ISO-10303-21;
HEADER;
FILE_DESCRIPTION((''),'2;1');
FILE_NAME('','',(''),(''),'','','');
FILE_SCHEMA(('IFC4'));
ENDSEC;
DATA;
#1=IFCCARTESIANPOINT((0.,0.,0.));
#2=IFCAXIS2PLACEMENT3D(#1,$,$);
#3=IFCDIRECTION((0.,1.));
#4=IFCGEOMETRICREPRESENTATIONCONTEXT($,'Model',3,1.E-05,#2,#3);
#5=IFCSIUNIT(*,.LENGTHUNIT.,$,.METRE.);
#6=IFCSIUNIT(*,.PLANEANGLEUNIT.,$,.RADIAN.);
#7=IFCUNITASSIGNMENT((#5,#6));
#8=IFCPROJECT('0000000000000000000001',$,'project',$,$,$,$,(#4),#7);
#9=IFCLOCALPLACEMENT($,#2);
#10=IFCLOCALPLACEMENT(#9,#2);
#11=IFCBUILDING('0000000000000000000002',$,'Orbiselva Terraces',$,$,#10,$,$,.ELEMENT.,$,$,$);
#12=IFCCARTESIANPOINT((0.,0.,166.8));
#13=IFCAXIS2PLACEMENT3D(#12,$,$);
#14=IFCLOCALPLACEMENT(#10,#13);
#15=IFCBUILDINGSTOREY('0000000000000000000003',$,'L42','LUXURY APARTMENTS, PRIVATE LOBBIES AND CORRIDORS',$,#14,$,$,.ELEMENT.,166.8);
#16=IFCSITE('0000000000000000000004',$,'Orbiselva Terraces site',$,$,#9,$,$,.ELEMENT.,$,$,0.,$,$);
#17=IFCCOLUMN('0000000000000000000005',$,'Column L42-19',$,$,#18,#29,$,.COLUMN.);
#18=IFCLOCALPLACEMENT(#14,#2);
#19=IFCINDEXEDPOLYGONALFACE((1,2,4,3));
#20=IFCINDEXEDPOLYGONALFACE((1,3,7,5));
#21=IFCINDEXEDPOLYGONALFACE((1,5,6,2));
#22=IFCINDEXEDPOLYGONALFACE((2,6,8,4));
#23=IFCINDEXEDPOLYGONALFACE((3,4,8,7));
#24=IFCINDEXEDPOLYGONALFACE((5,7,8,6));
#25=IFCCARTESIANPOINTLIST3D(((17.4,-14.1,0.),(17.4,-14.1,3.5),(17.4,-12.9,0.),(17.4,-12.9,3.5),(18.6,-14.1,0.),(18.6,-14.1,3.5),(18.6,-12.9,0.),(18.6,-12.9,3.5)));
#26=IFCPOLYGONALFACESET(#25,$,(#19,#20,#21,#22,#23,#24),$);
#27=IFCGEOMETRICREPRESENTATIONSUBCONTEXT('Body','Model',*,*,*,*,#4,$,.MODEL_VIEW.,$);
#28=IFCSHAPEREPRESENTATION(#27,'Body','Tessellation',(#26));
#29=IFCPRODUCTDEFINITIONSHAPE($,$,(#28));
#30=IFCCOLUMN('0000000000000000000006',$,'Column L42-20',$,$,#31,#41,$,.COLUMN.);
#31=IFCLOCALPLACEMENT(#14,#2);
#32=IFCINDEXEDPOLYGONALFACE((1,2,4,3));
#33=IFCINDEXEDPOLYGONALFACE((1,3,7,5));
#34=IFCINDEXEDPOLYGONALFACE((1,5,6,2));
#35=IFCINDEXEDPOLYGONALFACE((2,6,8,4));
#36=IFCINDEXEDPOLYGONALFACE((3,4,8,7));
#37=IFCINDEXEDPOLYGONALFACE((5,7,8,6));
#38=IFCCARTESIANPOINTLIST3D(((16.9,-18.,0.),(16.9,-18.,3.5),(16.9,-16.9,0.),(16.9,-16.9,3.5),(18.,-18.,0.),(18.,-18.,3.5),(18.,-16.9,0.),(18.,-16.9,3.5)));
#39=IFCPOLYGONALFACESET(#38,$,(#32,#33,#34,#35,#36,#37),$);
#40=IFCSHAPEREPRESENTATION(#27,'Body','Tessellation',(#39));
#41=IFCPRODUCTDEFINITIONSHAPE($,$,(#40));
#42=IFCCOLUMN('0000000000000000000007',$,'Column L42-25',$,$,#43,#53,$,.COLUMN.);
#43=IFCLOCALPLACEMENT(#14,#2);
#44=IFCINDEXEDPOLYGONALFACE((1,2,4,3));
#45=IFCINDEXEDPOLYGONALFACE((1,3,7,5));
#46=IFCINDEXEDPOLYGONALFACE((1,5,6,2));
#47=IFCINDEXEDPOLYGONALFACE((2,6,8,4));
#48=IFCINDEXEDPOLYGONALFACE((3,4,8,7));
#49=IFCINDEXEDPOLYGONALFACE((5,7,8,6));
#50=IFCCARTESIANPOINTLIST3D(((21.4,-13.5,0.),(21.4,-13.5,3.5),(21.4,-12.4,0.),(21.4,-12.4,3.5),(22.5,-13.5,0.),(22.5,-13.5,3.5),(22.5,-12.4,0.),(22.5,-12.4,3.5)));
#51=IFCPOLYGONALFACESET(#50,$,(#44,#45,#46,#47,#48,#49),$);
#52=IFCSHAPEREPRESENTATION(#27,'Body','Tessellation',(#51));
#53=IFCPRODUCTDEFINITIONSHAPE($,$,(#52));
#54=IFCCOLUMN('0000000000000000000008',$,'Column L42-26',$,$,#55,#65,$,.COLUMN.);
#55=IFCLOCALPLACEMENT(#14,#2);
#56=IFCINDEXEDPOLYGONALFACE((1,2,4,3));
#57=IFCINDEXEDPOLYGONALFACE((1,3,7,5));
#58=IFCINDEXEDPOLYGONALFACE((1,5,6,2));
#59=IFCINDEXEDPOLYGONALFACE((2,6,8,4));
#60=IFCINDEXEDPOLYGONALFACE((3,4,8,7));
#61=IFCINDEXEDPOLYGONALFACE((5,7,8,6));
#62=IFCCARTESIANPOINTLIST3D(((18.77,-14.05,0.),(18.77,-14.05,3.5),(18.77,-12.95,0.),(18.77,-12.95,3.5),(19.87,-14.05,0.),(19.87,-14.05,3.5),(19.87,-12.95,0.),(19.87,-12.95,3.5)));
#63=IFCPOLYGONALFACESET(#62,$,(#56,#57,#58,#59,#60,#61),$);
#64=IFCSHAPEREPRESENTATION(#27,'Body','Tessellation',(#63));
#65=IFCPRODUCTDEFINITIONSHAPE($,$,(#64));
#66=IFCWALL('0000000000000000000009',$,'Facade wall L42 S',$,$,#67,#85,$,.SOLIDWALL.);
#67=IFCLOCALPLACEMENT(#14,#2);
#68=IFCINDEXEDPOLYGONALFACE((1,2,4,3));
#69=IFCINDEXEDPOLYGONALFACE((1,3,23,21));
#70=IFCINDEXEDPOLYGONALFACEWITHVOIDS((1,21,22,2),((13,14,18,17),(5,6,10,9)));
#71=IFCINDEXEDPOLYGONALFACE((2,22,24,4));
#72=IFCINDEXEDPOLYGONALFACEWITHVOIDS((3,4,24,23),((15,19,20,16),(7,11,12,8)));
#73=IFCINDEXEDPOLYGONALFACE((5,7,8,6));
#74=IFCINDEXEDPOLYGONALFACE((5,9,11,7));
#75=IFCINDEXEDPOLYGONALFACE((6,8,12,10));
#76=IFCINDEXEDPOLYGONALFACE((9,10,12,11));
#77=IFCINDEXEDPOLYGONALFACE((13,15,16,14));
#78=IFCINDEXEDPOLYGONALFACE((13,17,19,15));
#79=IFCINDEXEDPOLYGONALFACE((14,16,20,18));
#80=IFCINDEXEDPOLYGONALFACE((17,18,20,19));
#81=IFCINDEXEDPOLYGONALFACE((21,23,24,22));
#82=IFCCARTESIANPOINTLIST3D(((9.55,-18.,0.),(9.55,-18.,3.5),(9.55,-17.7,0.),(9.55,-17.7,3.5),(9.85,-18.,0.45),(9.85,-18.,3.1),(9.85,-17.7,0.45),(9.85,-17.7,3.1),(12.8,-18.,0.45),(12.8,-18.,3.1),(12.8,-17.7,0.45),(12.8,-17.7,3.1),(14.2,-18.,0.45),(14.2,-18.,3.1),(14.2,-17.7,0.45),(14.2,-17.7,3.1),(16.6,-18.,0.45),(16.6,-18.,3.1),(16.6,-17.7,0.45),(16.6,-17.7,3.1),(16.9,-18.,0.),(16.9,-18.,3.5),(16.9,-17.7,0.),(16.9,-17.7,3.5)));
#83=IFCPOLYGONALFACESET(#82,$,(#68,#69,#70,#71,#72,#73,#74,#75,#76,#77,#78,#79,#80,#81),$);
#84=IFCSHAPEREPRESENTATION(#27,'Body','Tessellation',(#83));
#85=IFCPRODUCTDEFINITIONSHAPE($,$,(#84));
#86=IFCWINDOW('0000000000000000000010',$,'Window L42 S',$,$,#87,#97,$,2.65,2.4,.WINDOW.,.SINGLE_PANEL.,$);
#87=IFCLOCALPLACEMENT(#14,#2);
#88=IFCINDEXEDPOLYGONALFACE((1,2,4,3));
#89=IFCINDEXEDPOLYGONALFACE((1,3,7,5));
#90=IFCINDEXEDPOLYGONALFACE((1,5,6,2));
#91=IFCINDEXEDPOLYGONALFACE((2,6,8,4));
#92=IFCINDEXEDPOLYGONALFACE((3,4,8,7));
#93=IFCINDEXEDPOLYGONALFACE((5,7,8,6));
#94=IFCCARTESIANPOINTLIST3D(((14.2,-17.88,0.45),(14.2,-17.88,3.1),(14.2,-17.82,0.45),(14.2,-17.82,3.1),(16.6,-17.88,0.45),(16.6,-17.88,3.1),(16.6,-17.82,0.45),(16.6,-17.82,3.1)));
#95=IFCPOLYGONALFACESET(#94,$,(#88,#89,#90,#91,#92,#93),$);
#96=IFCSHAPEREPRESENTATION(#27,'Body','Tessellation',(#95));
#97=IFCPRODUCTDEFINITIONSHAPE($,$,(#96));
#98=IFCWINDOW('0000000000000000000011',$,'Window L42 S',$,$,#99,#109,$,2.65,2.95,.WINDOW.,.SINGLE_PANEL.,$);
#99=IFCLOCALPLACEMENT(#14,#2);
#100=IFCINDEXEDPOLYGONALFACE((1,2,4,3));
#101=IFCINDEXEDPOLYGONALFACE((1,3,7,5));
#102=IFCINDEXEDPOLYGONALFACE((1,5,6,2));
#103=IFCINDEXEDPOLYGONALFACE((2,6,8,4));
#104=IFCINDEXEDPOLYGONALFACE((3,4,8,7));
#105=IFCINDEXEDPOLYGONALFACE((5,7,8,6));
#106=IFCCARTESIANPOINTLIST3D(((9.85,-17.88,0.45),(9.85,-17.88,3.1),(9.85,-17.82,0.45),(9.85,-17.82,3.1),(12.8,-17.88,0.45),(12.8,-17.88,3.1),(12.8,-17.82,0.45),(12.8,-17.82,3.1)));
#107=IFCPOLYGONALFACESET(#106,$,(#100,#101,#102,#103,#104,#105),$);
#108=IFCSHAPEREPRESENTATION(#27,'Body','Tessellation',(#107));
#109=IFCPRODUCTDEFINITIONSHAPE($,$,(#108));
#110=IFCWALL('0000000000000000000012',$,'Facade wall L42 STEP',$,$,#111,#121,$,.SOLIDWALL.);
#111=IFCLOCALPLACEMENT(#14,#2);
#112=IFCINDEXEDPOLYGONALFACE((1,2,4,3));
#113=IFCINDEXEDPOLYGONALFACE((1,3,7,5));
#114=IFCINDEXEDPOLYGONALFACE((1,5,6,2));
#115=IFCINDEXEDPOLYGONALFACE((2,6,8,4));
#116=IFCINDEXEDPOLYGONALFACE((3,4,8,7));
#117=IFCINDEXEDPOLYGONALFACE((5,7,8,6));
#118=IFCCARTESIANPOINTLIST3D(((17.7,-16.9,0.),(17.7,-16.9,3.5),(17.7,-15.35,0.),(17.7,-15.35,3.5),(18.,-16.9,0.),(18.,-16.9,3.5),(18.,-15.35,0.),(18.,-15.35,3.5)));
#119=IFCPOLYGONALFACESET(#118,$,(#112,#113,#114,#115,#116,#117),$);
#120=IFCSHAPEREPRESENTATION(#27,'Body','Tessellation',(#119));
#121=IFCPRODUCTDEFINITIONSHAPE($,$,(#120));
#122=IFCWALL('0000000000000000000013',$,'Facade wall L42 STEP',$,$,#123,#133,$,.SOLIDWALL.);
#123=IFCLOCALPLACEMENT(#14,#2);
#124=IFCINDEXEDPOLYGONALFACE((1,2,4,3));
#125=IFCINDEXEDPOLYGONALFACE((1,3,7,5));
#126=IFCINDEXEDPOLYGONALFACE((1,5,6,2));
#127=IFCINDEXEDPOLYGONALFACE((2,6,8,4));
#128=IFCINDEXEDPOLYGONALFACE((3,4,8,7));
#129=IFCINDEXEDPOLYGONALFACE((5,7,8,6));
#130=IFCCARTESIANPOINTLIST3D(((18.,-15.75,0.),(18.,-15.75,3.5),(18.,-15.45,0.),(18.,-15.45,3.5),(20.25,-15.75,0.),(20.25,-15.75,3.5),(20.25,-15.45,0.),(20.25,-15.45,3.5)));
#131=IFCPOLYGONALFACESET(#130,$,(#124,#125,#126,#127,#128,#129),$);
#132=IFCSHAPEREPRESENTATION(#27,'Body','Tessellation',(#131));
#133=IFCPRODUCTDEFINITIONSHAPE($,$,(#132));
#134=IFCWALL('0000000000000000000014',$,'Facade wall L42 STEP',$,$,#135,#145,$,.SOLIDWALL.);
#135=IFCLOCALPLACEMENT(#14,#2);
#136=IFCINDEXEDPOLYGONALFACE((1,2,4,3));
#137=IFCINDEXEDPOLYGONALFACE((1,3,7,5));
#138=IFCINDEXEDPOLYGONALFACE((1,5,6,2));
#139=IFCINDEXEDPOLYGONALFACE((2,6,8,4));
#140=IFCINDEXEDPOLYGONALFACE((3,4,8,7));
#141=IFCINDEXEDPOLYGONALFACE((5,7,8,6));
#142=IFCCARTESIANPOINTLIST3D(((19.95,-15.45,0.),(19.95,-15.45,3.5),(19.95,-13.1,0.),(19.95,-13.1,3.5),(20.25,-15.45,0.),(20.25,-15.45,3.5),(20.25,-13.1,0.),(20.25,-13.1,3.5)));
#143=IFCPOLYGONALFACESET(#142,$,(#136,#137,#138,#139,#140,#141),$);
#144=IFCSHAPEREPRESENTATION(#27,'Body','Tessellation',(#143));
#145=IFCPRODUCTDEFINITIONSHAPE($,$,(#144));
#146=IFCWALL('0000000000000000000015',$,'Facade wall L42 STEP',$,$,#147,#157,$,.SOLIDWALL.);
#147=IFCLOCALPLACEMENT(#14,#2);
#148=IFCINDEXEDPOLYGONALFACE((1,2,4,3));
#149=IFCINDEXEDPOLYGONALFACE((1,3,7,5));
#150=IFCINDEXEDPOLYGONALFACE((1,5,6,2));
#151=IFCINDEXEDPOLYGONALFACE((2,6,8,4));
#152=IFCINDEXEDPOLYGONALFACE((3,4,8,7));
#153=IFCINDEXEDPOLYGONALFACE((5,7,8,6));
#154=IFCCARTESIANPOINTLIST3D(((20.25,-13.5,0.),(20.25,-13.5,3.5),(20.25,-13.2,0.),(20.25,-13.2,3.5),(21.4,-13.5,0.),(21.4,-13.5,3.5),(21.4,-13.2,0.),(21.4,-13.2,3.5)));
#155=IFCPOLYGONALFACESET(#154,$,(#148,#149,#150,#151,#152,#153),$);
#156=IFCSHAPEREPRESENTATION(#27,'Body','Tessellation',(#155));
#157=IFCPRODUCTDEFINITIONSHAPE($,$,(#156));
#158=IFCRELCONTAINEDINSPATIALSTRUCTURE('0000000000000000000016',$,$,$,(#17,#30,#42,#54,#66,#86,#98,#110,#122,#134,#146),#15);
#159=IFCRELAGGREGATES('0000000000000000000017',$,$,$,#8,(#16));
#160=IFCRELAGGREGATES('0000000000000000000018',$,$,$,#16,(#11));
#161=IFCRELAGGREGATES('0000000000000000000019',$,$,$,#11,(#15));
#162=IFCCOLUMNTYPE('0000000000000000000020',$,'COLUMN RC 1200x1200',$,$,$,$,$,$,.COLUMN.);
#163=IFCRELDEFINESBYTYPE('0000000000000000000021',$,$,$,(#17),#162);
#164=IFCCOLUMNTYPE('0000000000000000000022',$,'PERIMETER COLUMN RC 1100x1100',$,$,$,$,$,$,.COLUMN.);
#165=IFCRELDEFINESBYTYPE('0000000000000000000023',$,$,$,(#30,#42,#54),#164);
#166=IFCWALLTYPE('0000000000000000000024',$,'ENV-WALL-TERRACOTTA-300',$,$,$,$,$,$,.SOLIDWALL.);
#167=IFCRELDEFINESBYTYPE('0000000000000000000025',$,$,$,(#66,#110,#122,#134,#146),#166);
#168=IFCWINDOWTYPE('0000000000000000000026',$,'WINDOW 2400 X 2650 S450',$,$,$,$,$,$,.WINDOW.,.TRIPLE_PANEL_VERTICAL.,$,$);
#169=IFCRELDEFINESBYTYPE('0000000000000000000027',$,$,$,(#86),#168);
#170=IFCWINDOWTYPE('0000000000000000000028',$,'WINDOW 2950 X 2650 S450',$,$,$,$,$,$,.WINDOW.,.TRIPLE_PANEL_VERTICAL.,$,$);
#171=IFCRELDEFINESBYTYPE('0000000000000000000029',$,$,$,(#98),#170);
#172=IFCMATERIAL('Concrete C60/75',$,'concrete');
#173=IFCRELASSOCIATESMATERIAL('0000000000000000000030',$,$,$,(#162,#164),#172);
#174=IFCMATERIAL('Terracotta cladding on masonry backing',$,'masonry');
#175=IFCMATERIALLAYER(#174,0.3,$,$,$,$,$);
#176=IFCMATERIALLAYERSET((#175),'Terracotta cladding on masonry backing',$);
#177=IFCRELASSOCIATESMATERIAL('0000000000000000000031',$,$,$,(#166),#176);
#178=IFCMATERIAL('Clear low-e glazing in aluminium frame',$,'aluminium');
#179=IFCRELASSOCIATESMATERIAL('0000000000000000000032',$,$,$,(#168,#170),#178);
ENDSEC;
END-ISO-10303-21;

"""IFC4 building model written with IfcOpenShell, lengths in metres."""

from ifc_helpers import new_model, si_unit, direction, frame, frame_2d, origin, origin_2d, place, context, subcontext, project, spatial, rectangle, extrude, material, layer, layer_set, material_profile, profile_set, type_object, element, fill, save


model = new_model("IFC4")

# Units and contexts
model_context = context("Model", 3, precision=1e-05, world=origin(), true_north=direction((0.0, 1.0)))
body_context = subcontext(model_context, "Body", "Model", "MODEL_VIEW")
ifc_project = project(units=[si_unit("LENGTHUNIT", "METRE"), si_unit("PLANEANGLEUNIT", "RADIAN")], contexts=[model_context])

# Site, building, storey
site_placement = place(None, origin())
site = spatial("IfcSite", under=ifc_project, at=site_placement, Name="Orbiselva Terraces site", CompositionType="ELEMENT", RefElevation=0.0)
building_placement = place(site_placement, origin())
building = spatial("IfcBuilding", under=site, at=building_placement, Name="Orbiselva Terraces", CompositionType="ELEMENT")
storey_placement = place(building_placement, frame((0.0, 0.0, 166.8)))
storey = spatial("IfcBuildingStorey", under=building, at=storey_placement, Name="L42", Description="LUXURY APARTMENTS, PRIVATE LOBBIES AND CORRIDORS", CompositionType="ELEMENT", Elevation=166.8)

# Columns
ifc_material_1 = material(Name="Concrete C60/75", Category="concrete")
ifc_material_profile_1 = material_profile(ifc_material_1, rectangle(XDim=1.2, YDim=1.2, at=origin_2d()), Name="RC 1200x1200")
ifc_profile_set_1 = profile_set([ifc_material_profile_1], Name="Concrete C60/75")
column_type_1 = type_object("IfcColumnType", Name="COLUMN RC 1200x1200", PredefinedType="COLUMN", material=ifc_profile_set_1)
column_placement = place(storey_placement, frame((18.0, -13.5, 0.0), z_axis=(0.0, 0.0, 1.0), x_axis=(1.0, 0.0, 0.0)))
element("IfcColumn", 1, at=column_placement, inside=storey, type_object=column_type_1, Name="Column L42-19", PredefinedType="COLUMN", context=body_context, shape_type="SweptSolid", body=[
    extrude(rectangle(XDim=1.2, YDim=1.2, at=origin_2d()), origin(), (0.0, 0.0, 1.0), 3.5),
])
ifc_material_profile_2 = material_profile(ifc_material_1, rectangle(XDim=1.1, YDim=1.1, at=origin_2d()), Name="RC 1100x1100")
ifc_profile_set_2 = profile_set([ifc_material_profile_2], Name="Concrete C60/75")
column_type_2 = type_object("IfcColumnType", Name="PERIMETER COLUMN RC 1100x1100", PredefinedType="COLUMN", material=ifc_profile_set_2)
for number, where, z_axis, x_axis, name in (
    (2, (17.45, -17.45, 0.0), (0.0, 0.0, 1.0), (1.0, 0.0, 0.0), "Column L42-20"),
    (3, (21.95, -12.95, 0.0), (0.0, 0.0, 1.0), (1.0, 0.0, 0.0), "Column L42-25"),
    (4, (19.32, -13.5, 0.0), (0.0, 0.0, 1.0), (1.0, 0.0, 0.0), "Column L42-26"),
):
    element("IfcColumn", number, at=place(storey_placement, frame(where, z_axis=z_axis, x_axis=x_axis)), inside=storey, type_object=column_type_2, Name=name, PredefinedType="COLUMN", context=body_context, shape_type="SweptSolid", body=[
        extrude(rectangle(XDim=1.1, YDim=1.1, at=origin_2d()), origin(), (0.0, 0.0, 1.0), 3.5),
    ])

# Wall, openings, windows
ifc_material_2 = material(Name="Terracotta cladding on masonry backing", Category="masonry")
ifc_layer_1 = layer(ifc_material_2, 0.3)
ifc_layer_set_1 = layer_set([ifc_layer_1], Name="Terracotta cladding on masonry backing")
wall_type_1 = type_object("IfcWallType", Name="ENV-WALL-TERRACOTTA-300", PredefinedType="SOLIDWALL", material=ifc_layer_set_1)
wall_1_placement = place(storey_placement, frame((16.9, -17.85, 0.0), z_axis=(0.0, 0.0, 1.0), x_axis=(-1.0, 0.0, 0.0)))
wall_1 = element("IfcWall", 5, at=wall_1_placement, inside=storey, type_object=wall_type_1, Name="Facade wall L42 S", PredefinedType="SOLIDWALL", context=body_context, shape_type="SweptSolid", body=[
    extrude(rectangle(XDim=7.35, YDim=0.3, at=frame_2d((3.675, 0.0))), origin(), (0.0, 0.0, 1.0), 3.5),
])
opening_1_placement = place(wall_1_placement, frame((4.1, 0.0, 0.45)))
opening_1 = element("IfcOpeningElement", 6, at=opening_1_placement, cuts=wall_1, PredefinedType="OPENING", context=body_context, shape_type="SweptSolid", body=[
    extrude(rectangle(XDim=2.95, YDim=2.65, at=frame_2d((1.475, 1.325))), frame((0.0, 0.16, 0.0), z_axis=(0.0, -1.0, 0.0), x_axis=(1.0, 0.0, 0.0)), (0.0, 0.0, 1.0), 0.32),
])
opening_2_placement = place(wall_1_placement, frame((0.3, 0.0, 0.45)))
opening_2 = element("IfcOpeningElement", 7, at=opening_2_placement, cuts=wall_1, PredefinedType="OPENING", context=body_context, shape_type="SweptSolid", body=[
    extrude(rectangle(XDim=2.4, YDim=2.65, at=frame_2d((1.2, 1.325))), frame((0.0, 0.16, 0.0), z_axis=(0.0, -1.0, 0.0), x_axis=(1.0, 0.0, 0.0)), (0.0, 0.0, 1.0), 0.32),
])
ifc_material_3 = material(Name="Clear low-e glazing in aluminium frame", Category="aluminium")
window_type_1 = type_object("IfcWindowType", Name="WINDOW 2400 X 2650 S450", PartitioningType="TRIPLE_PANEL_VERTICAL", PredefinedType="WINDOW", material=ifc_material_3)
window_1_placement = place(opening_2_placement, origin())
window_1 = element("IfcWindow", 8, at=window_1_placement, inside=storey, type_object=window_type_1, Name="Window L42 S", OverallHeight=2.65, OverallWidth=2.4, PartitioningType="SINGLE_PANEL", PredefinedType="WINDOW", context=body_context, shape_type="SweptSolid", body=[
    extrude(rectangle(XDim=2.4, YDim=2.65, at=frame_2d((1.2, 1.325))), frame((0.0, 0.03, 0.0), z_axis=(0.0, -1.0, 0.0), x_axis=(1.0, 0.0, 0.0)), (0.0, 0.0, 1.0), 0.06),
])
fill(opening_2, window_1)
window_type_2 = type_object("IfcWindowType", Name="WINDOW 2950 X 2650 S450", PartitioningType="TRIPLE_PANEL_VERTICAL", PredefinedType="WINDOW", material=ifc_material_3)
window_2_placement = place(opening_1_placement, origin())
window_2 = element("IfcWindow", 9, at=window_2_placement, inside=storey, type_object=window_type_2, Name="Window L42 S", OverallHeight=2.65, OverallWidth=2.95, PartitioningType="SINGLE_PANEL", PredefinedType="WINDOW", context=body_context, shape_type="SweptSolid", body=[
    extrude(rectangle(XDim=2.95, YDim=2.65, at=frame_2d((1.475, 1.325))), frame((0.0, 0.03, 0.0), z_axis=(0.0, -1.0, 0.0), x_axis=(1.0, 0.0, 0.0)), (0.0, 0.0, 1.0), 0.06),
])
fill(opening_1, window_2)

# Walls
wall_2_placement = place(storey_placement, frame((17.85, -15.35, 0.0), z_axis=(0.0, 0.0, 1.0), x_axis=(0.0, -1.0, 0.0)))
element("IfcWall", 10, at=wall_2_placement, inside=storey, type_object=wall_type_1, Name="Facade wall L42 STEP", PredefinedType="SOLIDWALL", context=body_context, shape_type="SweptSolid", body=[
    extrude(rectangle(XDim=1.55, YDim=0.3, at=frame_2d((0.775, 0.0))), origin(), (0.0, 0.0, 1.0), 3.5),
])
wall_3_placement = place(storey_placement, frame((20.25, -15.6, 0.0), z_axis=(0.0, 0.0, 1.0), x_axis=(-1.0, 0.0, 0.0)))
element("IfcWall", 11, at=wall_3_placement, inside=storey, type_object=wall_type_1, Name="Facade wall L42 STEP", PredefinedType="SOLIDWALL", context=body_context, shape_type="SweptSolid", body=[
    extrude(rectangle(XDim=2.25, YDim=0.3, at=frame_2d((1.125, 0.0))), origin(), (0.0, 0.0, 1.0), 3.5),
])
wall_4_placement = place(storey_placement, frame((20.1, -13.1, 0.0), z_axis=(0.0, 0.0, 1.0), x_axis=(0.0, -1.0, 0.0)))
element("IfcWall", 12, at=wall_4_placement, inside=storey, type_object=wall_type_1, Name="Facade wall L42 STEP", PredefinedType="SOLIDWALL", context=body_context, shape_type="SweptSolid", body=[
    extrude(rectangle(XDim=2.35, YDim=0.3, at=frame_2d((1.175, 0.0))), origin(), (0.0, 0.0, 1.0), 3.5),
])
wall_5_placement = place(storey_placement, frame((21.4, -13.35, 0.0), z_axis=(0.0, 0.0, 1.0), x_axis=(-1.0, 0.0, 0.0)))
element("IfcWall", 13, at=wall_5_placement, inside=storey, type_object=wall_type_1, Name="Facade wall L42 STEP", PredefinedType="SOLIDWALL", context=body_context, shape_type="SweptSolid", body=[
    extrude(rectangle(XDim=1.15, YDim=0.3, at=frame_2d((0.575, 0.0))), origin(), (0.0, 0.0, 1.0), 3.5),
])

save(model, "model.ifc")
